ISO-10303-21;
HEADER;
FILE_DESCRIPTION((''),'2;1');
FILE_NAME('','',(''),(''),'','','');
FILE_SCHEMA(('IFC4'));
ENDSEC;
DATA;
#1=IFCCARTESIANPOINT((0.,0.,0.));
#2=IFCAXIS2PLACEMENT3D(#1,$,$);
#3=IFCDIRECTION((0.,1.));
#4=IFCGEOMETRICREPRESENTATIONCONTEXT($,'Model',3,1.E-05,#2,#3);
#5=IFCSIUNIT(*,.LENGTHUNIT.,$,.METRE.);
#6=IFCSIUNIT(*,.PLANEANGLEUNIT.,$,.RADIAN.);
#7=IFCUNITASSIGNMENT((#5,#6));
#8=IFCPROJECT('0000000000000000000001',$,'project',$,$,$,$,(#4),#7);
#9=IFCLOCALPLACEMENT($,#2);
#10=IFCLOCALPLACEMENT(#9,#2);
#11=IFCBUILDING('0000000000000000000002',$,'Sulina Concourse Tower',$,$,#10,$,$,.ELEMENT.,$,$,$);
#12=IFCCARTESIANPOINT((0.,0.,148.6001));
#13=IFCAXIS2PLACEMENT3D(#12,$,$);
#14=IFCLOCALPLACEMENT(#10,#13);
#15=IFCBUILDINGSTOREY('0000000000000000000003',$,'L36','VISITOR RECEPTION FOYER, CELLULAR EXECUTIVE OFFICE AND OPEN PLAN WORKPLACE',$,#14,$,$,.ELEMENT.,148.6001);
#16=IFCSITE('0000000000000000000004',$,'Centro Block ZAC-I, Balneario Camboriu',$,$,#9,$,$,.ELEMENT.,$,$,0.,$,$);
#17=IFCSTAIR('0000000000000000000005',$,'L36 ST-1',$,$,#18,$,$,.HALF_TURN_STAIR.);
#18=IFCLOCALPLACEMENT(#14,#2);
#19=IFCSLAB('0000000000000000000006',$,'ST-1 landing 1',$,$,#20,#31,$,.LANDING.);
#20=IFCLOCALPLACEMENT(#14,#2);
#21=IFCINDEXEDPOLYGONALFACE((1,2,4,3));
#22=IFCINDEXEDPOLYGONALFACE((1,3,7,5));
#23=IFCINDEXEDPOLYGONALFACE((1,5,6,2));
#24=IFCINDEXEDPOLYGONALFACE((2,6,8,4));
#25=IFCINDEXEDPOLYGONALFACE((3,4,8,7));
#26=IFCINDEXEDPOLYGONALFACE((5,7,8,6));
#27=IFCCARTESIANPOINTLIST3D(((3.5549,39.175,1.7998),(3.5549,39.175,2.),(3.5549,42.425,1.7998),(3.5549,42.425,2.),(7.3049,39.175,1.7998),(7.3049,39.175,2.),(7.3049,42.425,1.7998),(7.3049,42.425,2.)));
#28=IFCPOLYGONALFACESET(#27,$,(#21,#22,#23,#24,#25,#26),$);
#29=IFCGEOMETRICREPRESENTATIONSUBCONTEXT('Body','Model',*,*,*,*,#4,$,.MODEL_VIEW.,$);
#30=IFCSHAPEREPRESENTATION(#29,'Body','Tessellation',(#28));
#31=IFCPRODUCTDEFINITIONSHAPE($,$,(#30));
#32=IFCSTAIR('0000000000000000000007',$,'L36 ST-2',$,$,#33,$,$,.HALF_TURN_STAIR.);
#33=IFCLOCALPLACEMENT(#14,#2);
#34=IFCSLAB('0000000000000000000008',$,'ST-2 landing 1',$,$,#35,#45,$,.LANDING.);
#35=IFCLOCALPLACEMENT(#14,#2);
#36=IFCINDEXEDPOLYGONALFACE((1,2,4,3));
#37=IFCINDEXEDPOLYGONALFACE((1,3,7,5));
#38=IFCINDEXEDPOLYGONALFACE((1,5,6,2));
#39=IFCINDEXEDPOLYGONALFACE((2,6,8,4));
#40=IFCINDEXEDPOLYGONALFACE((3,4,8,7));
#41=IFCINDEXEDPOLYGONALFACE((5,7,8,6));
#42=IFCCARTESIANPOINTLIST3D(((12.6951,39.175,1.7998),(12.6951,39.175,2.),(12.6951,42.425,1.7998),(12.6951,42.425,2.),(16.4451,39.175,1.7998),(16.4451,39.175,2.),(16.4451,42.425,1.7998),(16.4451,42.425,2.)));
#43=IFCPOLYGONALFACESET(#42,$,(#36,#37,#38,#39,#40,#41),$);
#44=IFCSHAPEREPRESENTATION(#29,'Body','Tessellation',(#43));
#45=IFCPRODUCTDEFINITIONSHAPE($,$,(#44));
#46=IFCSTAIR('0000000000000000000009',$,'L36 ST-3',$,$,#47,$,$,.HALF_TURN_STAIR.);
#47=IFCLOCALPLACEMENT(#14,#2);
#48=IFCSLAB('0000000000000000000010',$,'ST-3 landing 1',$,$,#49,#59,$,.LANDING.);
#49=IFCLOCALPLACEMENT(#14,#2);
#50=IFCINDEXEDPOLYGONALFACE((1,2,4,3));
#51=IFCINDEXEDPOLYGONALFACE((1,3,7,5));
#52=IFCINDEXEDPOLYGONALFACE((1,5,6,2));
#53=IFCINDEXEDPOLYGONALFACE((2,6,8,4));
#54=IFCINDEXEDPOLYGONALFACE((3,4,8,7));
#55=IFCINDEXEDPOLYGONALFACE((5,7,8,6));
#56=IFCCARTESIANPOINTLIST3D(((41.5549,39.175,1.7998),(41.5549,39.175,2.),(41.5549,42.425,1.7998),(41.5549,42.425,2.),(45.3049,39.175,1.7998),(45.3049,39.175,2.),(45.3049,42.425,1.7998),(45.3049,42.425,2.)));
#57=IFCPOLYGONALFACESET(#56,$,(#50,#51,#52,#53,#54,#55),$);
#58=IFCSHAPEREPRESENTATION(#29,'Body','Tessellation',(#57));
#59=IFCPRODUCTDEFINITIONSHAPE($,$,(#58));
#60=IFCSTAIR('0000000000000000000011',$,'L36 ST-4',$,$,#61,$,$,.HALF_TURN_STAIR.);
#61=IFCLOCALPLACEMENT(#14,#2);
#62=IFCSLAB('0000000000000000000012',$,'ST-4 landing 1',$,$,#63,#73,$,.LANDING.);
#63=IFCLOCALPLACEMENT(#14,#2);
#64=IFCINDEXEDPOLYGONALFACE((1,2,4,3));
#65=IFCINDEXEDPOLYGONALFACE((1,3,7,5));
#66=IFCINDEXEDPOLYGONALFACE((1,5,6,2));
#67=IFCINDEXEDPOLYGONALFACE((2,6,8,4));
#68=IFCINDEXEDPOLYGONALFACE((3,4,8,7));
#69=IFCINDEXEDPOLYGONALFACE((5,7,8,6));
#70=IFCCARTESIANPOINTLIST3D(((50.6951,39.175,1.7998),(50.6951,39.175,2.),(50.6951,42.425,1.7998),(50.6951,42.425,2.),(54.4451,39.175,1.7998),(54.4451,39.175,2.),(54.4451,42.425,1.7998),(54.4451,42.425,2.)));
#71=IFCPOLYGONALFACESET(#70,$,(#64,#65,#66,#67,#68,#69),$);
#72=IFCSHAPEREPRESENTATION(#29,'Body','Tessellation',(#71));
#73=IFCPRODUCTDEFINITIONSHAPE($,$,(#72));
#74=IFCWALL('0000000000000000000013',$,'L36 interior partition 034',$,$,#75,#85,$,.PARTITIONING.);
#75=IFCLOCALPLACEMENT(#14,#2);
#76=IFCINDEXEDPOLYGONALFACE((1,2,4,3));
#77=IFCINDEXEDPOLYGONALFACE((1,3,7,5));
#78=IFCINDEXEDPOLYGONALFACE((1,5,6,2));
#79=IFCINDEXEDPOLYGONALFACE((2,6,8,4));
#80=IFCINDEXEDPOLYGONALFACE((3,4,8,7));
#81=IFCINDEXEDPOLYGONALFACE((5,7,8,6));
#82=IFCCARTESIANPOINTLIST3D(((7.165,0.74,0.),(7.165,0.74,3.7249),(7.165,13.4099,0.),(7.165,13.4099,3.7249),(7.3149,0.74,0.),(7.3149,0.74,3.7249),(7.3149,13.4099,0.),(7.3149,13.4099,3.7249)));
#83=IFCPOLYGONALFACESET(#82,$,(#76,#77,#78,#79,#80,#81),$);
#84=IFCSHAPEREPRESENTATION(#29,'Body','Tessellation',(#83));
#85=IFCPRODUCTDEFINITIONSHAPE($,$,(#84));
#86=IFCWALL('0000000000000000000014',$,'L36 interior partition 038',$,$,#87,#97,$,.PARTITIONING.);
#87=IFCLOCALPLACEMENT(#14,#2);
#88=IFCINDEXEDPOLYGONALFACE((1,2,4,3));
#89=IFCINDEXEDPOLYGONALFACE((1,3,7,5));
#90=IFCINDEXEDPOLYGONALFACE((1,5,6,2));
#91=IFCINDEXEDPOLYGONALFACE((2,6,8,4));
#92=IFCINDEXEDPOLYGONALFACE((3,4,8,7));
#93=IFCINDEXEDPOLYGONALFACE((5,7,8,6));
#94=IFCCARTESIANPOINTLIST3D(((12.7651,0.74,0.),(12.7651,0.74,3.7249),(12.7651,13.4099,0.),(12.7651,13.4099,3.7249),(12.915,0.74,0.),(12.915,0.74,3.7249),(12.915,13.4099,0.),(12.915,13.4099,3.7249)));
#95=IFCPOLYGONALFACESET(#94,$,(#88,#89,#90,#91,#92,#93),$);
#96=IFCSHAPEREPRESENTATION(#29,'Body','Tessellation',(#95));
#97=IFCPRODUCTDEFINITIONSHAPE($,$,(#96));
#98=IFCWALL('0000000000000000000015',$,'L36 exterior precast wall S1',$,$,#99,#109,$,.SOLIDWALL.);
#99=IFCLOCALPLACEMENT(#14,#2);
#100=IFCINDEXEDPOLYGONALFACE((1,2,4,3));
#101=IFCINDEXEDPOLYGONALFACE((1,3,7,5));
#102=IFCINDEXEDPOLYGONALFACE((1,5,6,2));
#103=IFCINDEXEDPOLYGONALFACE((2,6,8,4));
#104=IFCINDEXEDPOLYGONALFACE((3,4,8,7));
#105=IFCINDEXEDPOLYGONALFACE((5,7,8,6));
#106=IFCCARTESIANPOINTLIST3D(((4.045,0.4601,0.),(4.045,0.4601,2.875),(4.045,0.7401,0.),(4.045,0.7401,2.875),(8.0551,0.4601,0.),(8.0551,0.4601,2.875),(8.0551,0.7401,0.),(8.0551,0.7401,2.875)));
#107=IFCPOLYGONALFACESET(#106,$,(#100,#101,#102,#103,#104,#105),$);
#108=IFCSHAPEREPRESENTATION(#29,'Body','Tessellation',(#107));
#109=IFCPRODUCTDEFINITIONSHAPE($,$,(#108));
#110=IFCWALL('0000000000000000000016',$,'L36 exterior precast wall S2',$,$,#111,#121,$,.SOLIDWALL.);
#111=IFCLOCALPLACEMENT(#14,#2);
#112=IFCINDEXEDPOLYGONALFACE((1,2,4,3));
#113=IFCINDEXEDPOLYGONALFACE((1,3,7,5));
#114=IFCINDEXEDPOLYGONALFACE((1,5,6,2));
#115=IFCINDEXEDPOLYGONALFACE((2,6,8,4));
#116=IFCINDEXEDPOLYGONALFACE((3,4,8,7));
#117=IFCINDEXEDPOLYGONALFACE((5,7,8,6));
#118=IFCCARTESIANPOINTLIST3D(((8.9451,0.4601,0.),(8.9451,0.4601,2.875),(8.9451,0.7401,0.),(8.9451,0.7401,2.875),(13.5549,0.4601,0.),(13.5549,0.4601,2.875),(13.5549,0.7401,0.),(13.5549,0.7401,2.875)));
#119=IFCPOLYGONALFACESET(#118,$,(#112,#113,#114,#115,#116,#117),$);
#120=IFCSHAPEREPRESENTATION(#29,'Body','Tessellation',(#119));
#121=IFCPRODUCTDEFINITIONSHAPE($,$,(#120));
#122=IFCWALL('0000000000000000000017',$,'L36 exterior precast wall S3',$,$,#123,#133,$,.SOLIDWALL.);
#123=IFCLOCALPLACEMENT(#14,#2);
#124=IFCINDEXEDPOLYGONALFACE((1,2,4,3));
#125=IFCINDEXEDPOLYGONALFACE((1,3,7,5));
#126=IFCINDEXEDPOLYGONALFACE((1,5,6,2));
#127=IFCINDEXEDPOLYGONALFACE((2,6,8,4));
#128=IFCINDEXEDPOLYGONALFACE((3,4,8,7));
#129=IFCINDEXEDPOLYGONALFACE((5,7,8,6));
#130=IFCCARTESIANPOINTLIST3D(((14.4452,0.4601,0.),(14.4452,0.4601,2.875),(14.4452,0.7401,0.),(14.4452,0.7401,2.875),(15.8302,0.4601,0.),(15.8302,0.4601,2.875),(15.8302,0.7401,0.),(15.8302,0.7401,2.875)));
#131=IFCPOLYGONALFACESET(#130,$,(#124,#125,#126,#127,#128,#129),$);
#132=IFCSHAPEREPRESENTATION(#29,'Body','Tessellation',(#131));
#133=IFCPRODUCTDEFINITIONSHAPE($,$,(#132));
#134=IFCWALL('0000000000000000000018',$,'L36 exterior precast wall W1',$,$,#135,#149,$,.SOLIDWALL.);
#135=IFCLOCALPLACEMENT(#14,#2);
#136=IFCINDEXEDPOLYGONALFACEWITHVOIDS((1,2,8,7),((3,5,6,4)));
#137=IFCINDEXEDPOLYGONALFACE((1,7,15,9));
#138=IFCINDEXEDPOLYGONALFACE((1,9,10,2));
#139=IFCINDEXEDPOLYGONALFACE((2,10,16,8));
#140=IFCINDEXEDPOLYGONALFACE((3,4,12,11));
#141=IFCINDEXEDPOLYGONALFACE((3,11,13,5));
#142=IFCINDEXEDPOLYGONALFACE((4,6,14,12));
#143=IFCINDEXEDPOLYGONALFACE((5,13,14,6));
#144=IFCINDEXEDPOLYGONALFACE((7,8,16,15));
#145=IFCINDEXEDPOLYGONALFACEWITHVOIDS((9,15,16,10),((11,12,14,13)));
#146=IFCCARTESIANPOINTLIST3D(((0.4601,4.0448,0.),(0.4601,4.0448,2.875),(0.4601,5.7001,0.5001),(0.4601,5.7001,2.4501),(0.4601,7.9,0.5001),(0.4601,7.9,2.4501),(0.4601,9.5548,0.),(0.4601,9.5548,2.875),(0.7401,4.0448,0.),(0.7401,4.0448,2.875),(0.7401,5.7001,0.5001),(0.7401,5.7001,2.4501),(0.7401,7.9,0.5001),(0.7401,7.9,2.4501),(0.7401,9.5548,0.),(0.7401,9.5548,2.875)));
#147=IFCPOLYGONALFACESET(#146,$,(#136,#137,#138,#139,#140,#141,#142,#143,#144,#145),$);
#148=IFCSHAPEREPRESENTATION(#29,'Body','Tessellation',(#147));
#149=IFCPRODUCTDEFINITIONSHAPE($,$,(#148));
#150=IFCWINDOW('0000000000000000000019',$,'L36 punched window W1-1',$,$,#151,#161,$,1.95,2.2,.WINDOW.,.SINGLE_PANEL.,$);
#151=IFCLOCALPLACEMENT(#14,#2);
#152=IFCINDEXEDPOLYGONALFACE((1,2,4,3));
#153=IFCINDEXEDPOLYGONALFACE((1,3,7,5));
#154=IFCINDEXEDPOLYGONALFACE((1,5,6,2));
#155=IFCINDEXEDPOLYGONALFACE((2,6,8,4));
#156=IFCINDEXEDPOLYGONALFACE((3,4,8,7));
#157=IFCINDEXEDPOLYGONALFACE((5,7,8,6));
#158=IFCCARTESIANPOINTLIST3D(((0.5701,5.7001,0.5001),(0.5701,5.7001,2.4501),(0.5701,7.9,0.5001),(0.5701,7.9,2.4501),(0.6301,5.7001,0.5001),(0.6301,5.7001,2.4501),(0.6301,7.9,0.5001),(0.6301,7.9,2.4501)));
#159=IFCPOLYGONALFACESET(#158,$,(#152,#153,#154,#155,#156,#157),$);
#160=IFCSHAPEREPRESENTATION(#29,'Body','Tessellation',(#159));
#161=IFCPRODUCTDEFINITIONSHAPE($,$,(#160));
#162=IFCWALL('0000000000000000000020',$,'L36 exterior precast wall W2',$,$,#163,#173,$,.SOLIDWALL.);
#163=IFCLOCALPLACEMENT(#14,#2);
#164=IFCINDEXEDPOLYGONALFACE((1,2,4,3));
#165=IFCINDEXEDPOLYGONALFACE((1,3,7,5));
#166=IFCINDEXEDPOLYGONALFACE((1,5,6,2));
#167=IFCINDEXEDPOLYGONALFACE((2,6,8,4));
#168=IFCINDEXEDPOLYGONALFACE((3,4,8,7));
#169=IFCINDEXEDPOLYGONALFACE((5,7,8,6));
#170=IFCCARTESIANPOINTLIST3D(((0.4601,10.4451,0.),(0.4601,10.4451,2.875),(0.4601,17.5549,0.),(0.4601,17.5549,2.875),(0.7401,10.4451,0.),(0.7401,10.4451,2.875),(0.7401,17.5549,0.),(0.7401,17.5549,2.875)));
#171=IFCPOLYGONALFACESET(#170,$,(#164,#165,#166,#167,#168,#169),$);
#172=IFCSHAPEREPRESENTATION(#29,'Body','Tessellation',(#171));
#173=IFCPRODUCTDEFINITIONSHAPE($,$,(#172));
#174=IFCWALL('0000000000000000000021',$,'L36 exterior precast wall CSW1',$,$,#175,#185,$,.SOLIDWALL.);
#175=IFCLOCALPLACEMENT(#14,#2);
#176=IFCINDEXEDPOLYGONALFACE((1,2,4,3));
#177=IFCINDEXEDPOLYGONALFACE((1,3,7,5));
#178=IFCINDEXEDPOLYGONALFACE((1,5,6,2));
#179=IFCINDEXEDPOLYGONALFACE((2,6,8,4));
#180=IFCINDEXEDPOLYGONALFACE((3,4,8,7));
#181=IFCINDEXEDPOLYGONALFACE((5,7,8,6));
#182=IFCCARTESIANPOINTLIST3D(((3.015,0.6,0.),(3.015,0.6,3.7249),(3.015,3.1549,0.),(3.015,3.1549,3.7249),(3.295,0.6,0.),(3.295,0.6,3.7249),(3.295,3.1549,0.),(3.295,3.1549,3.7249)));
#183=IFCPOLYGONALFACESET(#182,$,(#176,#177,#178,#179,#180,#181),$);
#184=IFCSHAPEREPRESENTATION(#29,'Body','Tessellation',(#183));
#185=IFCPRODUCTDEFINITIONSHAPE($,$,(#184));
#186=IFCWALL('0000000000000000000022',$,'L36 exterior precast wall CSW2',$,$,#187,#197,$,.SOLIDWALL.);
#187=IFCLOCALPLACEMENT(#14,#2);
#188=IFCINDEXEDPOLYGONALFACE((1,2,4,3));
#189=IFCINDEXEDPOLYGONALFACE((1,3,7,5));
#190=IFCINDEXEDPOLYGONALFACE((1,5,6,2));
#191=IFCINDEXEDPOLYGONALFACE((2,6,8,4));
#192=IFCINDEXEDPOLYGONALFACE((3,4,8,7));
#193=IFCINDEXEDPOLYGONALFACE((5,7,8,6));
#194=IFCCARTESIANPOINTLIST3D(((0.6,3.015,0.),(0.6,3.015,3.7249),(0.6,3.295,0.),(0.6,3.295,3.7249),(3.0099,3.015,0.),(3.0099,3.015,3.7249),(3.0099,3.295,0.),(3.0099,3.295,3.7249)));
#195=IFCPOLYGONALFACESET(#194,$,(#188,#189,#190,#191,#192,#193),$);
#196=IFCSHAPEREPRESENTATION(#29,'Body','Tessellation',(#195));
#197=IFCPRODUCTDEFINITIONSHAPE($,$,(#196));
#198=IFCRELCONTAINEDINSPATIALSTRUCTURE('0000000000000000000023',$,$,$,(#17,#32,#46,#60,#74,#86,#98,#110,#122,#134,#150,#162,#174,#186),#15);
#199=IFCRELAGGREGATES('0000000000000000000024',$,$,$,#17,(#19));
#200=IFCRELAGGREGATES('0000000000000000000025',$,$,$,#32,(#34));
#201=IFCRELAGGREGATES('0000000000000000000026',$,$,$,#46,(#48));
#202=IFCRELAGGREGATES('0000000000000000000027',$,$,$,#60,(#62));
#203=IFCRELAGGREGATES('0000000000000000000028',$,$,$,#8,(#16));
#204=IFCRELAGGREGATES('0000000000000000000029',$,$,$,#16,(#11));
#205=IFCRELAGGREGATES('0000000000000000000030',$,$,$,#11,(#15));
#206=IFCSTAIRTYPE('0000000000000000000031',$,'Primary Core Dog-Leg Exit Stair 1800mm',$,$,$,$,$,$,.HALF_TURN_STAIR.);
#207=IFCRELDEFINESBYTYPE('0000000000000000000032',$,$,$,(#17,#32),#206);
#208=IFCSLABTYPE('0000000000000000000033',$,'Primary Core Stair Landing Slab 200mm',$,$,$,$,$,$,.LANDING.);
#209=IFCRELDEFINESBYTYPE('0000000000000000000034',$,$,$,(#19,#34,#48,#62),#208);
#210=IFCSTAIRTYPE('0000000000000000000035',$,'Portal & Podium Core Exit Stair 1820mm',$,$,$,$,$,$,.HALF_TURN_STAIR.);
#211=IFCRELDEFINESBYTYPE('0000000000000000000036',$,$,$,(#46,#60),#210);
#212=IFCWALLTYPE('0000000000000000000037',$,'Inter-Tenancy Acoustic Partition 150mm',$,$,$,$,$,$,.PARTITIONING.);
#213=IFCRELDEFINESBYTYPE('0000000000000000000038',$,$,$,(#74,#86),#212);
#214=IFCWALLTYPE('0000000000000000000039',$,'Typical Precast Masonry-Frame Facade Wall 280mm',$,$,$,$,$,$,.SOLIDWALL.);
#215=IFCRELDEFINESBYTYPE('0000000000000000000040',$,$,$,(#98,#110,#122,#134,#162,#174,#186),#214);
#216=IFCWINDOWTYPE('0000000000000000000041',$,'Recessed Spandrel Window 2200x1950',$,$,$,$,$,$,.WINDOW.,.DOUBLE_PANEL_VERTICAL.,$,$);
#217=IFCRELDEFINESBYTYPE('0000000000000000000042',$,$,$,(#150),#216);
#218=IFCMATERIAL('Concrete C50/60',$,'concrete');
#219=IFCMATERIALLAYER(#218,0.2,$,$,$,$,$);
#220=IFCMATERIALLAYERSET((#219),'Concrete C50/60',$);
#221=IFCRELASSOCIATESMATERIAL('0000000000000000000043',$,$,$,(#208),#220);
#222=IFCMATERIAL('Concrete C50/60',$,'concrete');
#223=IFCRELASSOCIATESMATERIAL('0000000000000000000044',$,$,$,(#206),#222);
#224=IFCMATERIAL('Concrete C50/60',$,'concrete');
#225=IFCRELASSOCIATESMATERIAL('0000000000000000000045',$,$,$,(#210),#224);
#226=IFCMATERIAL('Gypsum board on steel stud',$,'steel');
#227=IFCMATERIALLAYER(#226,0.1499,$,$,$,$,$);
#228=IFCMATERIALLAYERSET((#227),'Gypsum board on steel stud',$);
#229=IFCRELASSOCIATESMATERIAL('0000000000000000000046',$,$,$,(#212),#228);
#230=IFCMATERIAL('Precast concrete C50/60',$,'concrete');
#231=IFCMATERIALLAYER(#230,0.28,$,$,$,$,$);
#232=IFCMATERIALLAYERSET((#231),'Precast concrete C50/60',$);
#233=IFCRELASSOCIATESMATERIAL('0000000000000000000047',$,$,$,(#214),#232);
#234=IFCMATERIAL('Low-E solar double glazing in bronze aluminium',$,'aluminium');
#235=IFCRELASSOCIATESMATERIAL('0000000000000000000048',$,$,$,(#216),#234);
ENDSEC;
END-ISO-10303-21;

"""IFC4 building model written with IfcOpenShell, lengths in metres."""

from ifc_helpers import new_model, si_unit, direction, frame, frame_2d, origin, place, context, subcontext, project, spatial, polyline, rectangle, outline, extrude, material, layer, layer_set, type_object, element, fill, aggregate, save


model = new_model("IFC4")

# Units and contexts
model_context = context("Model", 3, precision=1e-05, world=origin(), true_north=direction((0.0, 1.0)))
body_context = subcontext(model_context, "Body", "Model", "MODEL_VIEW")
ifc_project = project(units=[si_unit("LENGTHUNIT", "METRE"), si_unit("PLANEANGLEUNIT", "RADIAN")], contexts=[model_context])

# Site, building, storey
site_placement = place(None, origin())
site = spatial("IfcSite", under=ifc_project, at=site_placement, Name="Centro Block ZAC-I, Balneario Camboriu", CompositionType="ELEMENT", RefElevation=0.0)
building_placement = place(site_placement, origin())
building = spatial("IfcBuilding", under=site, at=building_placement, Name="Sulina Concourse Tower", CompositionType="ELEMENT")
storey_placement = place(building_placement, frame((0.0, 0.0, 148.6001)))
storey = spatial("IfcBuildingStorey", under=building, at=storey_placement, Name="L36", Description="VISITOR RECEPTION FOYER, CELLULAR EXECUTIVE OFFICE AND OPEN PLAN WORKPLACE", CompositionType="ELEMENT", Elevation=148.6001)

# Shared definitions
ifc_material_1 = material(Name="Concrete C50/60", Category="concrete")
ifc_layer_1 = layer(ifc_material_1, 0.2)
ifc_layer_set_1 = layer_set([ifc_layer_1], Name="Concrete C50/60")
slab_type_1 = type_object("IfcSlabType", Name="Primary Core Stair Landing Slab 200mm", PredefinedType="LANDING", material=ifc_layer_set_1)

# Stairs, slabs
ifc_material_2 = material(Name="Concrete C50/60", Category="concrete")
stair_type_1 = type_object("IfcStairType", Name="Primary Core Dog-Leg Exit Stair 1800mm", PredefinedType="HALF_TURN_STAIR", material=ifc_material_2)
stair_1_placement = place(storey_placement, origin())
stair_1 = element("IfcStair", 1, at=stair_1_placement, inside=storey, type_object=stair_type_1, Name="L36 ST-1", PredefinedType="HALF_TURN_STAIR")
slab_1_placement = place(storey_placement, frame((0.0, 0.0, 1.7998)))
slab_1 = element("IfcSlab", 2, at=slab_1_placement, type_object=slab_type_1, Name="ST-1 landing 1", PredefinedType="LANDING", context=body_context, shape_type="SweptSolid", body=[
    extrude(outline(polyline([(7.3049, 39.175), (7.3049, 42.425), (3.5549, 42.425), (3.5549, 39.175), (7.3049, 39.175)])), origin(), (0.0, 0.0, 1.0), 0.2002),
])
aggregate(stair_1, [slab_1])
stair_2_placement = place(storey_placement, origin())
stair_2 = element("IfcStair", 3, at=stair_2_placement, inside=storey, type_object=stair_type_1, Name="L36 ST-2", PredefinedType="HALF_TURN_STAIR")
slab_2_placement = place(storey_placement, frame((0.0, 0.0, 1.7998)))
slab_2 = element("IfcSlab", 4, at=slab_2_placement, type_object=slab_type_1, Name="ST-2 landing 1", PredefinedType="LANDING", context=body_context, shape_type="SweptSolid", body=[
    extrude(outline(polyline([(16.4451, 39.175), (16.4451, 42.425), (12.6951, 42.425), (12.6951, 39.175), (16.4451, 39.175)])), origin(), (0.0, 0.0, 1.0), 0.2002),
])
aggregate(stair_2, [slab_2])
ifc_material_3 = material(Name="Concrete C50/60", Category="concrete")
stair_type_2 = type_object("IfcStairType", Name="Portal & Podium Core Exit Stair 1820mm", PredefinedType="HALF_TURN_STAIR", material=ifc_material_3)
stair_3_placement = place(storey_placement, origin())
stair_3 = element("IfcStair", 5, at=stair_3_placement, inside=storey, type_object=stair_type_2, Name="L36 ST-3", PredefinedType="HALF_TURN_STAIR")
slab_3_placement = place(storey_placement, frame((0.0, 0.0, 1.7998)))
slab_3 = element("IfcSlab", 6, at=slab_3_placement, type_object=slab_type_1, Name="ST-3 landing 1", PredefinedType="LANDING", context=body_context, shape_type="SweptSolid", body=[
    extrude(outline(polyline([(45.3049, 39.175), (45.3049, 42.425), (41.5549, 42.425), (41.5549, 39.175), (45.3049, 39.175)])), origin(), (0.0, 0.0, 1.0), 0.2002),
])
aggregate(stair_3, [slab_3])
stair_4_placement = place(storey_placement, origin())
stair_4 = element("IfcStair", 7, at=stair_4_placement, inside=storey, type_object=stair_type_2, Name="L36 ST-4", PredefinedType="HALF_TURN_STAIR")
slab_4_placement = place(storey_placement, frame((0.0, 0.0, 1.7998)))
slab_4 = element("IfcSlab", 8, at=slab_4_placement, type_object=slab_type_1, Name="ST-4 landing 1", PredefinedType="LANDING", context=body_context, shape_type="SweptSolid", body=[
    extrude(outline(polyline([(54.4451, 39.175), (54.4451, 42.425), (50.6951, 42.425), (50.6951, 39.175), (54.4451, 39.175)])), origin(), (0.0, 0.0, 1.0), 0.2002),
])
aggregate(stair_4, [slab_4])

# Walls
ifc_material_4 = material(Name="Gypsum board on steel stud", Category="steel")
ifc_layer_2 = layer(ifc_material_4, 0.1499)
ifc_layer_set_2 = layer_set([ifc_layer_2], Name="Gypsum board on steel stud")
wall_type_1 = type_object("IfcWallType", Name="Inter-Tenancy Acoustic Partition 150mm", PredefinedType="PARTITIONING", material=ifc_layer_set_2)
for number, where, z_axis, x_axis, name in (
    (9, (7.24, 0.74, 0.0), (0.0, 0.0, 1.0), (0.0, 1.0, 0.0), "L36 interior partition 034"),
    (10, (12.8401, 0.74, 0.0), (0.0, 0.0, 1.0), (0.0, 1.0, 0.0), "L36 interior partition 038"),
):
    element("IfcWall", number, at=place(storey_placement, frame(where, z_axis=z_axis, x_axis=x_axis)), inside=storey, type_object=wall_type_1, Name=name, PredefinedType="PARTITIONING", context=body_context, shape_type="SweptSolid", body=[
        extrude(rectangle(XDim=12.6699, YDim=0.1499, at=frame_2d((6.335, 0.0))), origin(), (0.0, 0.0, 1.0), 3.7249),
    ])
ifc_material_5 = material(Name="Precast concrete C50/60", Category="concrete")
ifc_layer_3 = layer(ifc_material_5, 0.28)
ifc_layer_set_3 = layer_set([ifc_layer_3], Name="Precast concrete C50/60")
wall_type_2 = type_object("IfcWallType", Name="Typical Precast Masonry-Frame Facade Wall 280mm", PredefinedType="SOLIDWALL", material=ifc_layer_set_3)
wall_1_placement = place(storey_placement, frame((8.0549, 0.6001, 0.0), z_axis=(0.0, 0.0, 1.0), x_axis=(-1.0, 0.0, 0.0)))
element("IfcWall", 11, at=wall_1_placement, inside=storey, type_object=wall_type_2, Name="L36 exterior precast wall S1", PredefinedType="SOLIDWALL", context=body_context, shape_type="SweptSolid", body=[
    extrude(rectangle(XDim=4.01, YDim=0.28, at=frame_2d((2.0049, 0.0))), origin(), (0.0, 0.0, 1.0), 2.875),
])
wall_2_placement = place(storey_placement, frame((13.5549, 0.6001, 0.0), z_axis=(0.0, 0.0, 1.0), x_axis=(-1.0, 0.0, 0.0)))
element("IfcWall", 12, at=wall_2_placement, inside=storey, type_object=wall_type_2, Name="L36 exterior precast wall S2", PredefinedType="SOLIDWALL", context=body_context, shape_type="SweptSolid", body=[
    extrude(rectangle(XDim=4.6099, YDim=0.28, at=frame_2d((2.3049, 0.0))), origin(), (0.0, 0.0, 1.0), 2.875),
])
wall_3_placement = place(storey_placement, frame((15.8301, 0.6001, 0.0), z_axis=(0.0, 0.0, 1.0), x_axis=(-1.0, 0.0, 0.0)))
element("IfcWall", 13, at=wall_3_placement, inside=storey, type_object=wall_type_2, Name="L36 exterior precast wall S3", PredefinedType="SOLIDWALL", context=body_context, shape_type="SweptSolid", body=[
    extrude(rectangle(XDim=1.385, YDim=0.28, at=frame_2d((0.6924, 0.0))), origin(), (0.0, 0.0, 1.0), 2.875),
])

# Wall, opening, window
wall_4_placement = place(storey_placement, frame((0.6001, 4.0449, 0.0), z_axis=(0.0, 0.0, 1.0), x_axis=(0.0, 1.0, 0.0)))
wall_4 = element("IfcWall", 14, at=wall_4_placement, inside=storey, type_object=wall_type_2, Name="L36 exterior precast wall W1", PredefinedType="SOLIDWALL", context=body_context, shape_type="SweptSolid", body=[
    extrude(rectangle(XDim=5.51, YDim=0.28, at=frame_2d((2.7549, 0.0))), origin(), (0.0, 0.0, 1.0), 2.875),
])
opening_placement = place(wall_4_placement, frame((1.655, 0.0, 0.5)))
opening = element("IfcOpeningElement", 15, at=opening_placement, cuts=wall_4, PredefinedType="OPENING", context=body_context, shape_type="SweptSolid", body=[
    extrude(rectangle(XDim=2.2, YDim=1.95, at=frame_2d((1.1001, 0.9751))), frame((0.0, 0.1499, 0.0), z_axis=(0.0, -1.0, 0.0), x_axis=(1.0, 0.0, 0.0)), (0.0, 0.0, 1.0), 0.3),
])
ifc_material_6 = material(Name="Low-E solar double glazing in bronze aluminium", Category="aluminium")
window_type = type_object("IfcWindowType", Name="Recessed Spandrel Window 2200x1950", PartitioningType="DOUBLE_PANEL_VERTICAL", PredefinedType="WINDOW", material=ifc_material_6)
window_placement = place(opening_placement, origin())
window = element("IfcWindow", 16, at=window_placement, inside=storey, type_object=window_type, Name="L36 punched window W1-1", OverallHeight=1.95, OverallWidth=2.2, PartitioningType="SINGLE_PANEL", PredefinedType="WINDOW", context=body_context, shape_type="SweptSolid", body=[
    extrude(rectangle(XDim=2.2, YDim=1.95, at=frame_2d((1.1001, 0.9751))), frame((0.0, 0.03, 0.0), z_axis=(0.0, -1.0, 0.0), x_axis=(1.0, 0.0, 0.0)), (0.0, 0.0, 1.0), 0.0601),
])
fill(opening, window)

# Walls
wall_5_placement = place(storey_placement, frame((0.6001, 10.4451, 0.0), z_axis=(0.0, 0.0, 1.0), x_axis=(0.0, 1.0, 0.0)))
element("IfcWall", 17, at=wall_5_placement, inside=storey, type_object=wall_type_2, Name="L36 exterior precast wall W2", PredefinedType="SOLIDWALL", context=body_context, shape_type="SweptSolid", body=[
    extrude(rectangle(XDim=7.1099, YDim=0.28, at=frame_2d((3.5549, 0.0))), origin(), (0.0, 0.0, 1.0), 2.875),
])
wall_6_placement = place(storey_placement, frame((3.155, 0.6001, 0.0), z_axis=(0.0, 0.0, 1.0), x_axis=(0.0, 1.0, 0.0)))
element("IfcWall", 18, at=wall_6_placement, inside=storey, type_object=wall_type_2, Name="L36 exterior precast wall CSW1", PredefinedType="SOLIDWALL", context=body_context, shape_type="SweptSolid", body=[
    extrude(rectangle(XDim=2.5549, YDim=0.28, at=frame_2d((1.2773, 0.0))), origin(), (0.0, 0.0, 1.0), 3.7249),
])
wall_7_placement = place(storey_placement, frame((3.01, 3.155, 0.0), z_axis=(0.0, 0.0, 1.0), x_axis=(-1.0, 0.0, 0.0)))
element("IfcWall", 19, at=wall_7_placement, inside=storey, type_object=wall_type_2, Name="L36 exterior precast wall CSW2", PredefinedType="SOLIDWALL", context=body_context, shape_type="SweptSolid", body=[
    extrude(rectangle(XDim=2.4099, YDim=0.28, at=frame_2d((1.2051, 0.0))), origin(), (0.0, 0.0, 1.0), 3.7249),
])

save(model, "model.ifc")
